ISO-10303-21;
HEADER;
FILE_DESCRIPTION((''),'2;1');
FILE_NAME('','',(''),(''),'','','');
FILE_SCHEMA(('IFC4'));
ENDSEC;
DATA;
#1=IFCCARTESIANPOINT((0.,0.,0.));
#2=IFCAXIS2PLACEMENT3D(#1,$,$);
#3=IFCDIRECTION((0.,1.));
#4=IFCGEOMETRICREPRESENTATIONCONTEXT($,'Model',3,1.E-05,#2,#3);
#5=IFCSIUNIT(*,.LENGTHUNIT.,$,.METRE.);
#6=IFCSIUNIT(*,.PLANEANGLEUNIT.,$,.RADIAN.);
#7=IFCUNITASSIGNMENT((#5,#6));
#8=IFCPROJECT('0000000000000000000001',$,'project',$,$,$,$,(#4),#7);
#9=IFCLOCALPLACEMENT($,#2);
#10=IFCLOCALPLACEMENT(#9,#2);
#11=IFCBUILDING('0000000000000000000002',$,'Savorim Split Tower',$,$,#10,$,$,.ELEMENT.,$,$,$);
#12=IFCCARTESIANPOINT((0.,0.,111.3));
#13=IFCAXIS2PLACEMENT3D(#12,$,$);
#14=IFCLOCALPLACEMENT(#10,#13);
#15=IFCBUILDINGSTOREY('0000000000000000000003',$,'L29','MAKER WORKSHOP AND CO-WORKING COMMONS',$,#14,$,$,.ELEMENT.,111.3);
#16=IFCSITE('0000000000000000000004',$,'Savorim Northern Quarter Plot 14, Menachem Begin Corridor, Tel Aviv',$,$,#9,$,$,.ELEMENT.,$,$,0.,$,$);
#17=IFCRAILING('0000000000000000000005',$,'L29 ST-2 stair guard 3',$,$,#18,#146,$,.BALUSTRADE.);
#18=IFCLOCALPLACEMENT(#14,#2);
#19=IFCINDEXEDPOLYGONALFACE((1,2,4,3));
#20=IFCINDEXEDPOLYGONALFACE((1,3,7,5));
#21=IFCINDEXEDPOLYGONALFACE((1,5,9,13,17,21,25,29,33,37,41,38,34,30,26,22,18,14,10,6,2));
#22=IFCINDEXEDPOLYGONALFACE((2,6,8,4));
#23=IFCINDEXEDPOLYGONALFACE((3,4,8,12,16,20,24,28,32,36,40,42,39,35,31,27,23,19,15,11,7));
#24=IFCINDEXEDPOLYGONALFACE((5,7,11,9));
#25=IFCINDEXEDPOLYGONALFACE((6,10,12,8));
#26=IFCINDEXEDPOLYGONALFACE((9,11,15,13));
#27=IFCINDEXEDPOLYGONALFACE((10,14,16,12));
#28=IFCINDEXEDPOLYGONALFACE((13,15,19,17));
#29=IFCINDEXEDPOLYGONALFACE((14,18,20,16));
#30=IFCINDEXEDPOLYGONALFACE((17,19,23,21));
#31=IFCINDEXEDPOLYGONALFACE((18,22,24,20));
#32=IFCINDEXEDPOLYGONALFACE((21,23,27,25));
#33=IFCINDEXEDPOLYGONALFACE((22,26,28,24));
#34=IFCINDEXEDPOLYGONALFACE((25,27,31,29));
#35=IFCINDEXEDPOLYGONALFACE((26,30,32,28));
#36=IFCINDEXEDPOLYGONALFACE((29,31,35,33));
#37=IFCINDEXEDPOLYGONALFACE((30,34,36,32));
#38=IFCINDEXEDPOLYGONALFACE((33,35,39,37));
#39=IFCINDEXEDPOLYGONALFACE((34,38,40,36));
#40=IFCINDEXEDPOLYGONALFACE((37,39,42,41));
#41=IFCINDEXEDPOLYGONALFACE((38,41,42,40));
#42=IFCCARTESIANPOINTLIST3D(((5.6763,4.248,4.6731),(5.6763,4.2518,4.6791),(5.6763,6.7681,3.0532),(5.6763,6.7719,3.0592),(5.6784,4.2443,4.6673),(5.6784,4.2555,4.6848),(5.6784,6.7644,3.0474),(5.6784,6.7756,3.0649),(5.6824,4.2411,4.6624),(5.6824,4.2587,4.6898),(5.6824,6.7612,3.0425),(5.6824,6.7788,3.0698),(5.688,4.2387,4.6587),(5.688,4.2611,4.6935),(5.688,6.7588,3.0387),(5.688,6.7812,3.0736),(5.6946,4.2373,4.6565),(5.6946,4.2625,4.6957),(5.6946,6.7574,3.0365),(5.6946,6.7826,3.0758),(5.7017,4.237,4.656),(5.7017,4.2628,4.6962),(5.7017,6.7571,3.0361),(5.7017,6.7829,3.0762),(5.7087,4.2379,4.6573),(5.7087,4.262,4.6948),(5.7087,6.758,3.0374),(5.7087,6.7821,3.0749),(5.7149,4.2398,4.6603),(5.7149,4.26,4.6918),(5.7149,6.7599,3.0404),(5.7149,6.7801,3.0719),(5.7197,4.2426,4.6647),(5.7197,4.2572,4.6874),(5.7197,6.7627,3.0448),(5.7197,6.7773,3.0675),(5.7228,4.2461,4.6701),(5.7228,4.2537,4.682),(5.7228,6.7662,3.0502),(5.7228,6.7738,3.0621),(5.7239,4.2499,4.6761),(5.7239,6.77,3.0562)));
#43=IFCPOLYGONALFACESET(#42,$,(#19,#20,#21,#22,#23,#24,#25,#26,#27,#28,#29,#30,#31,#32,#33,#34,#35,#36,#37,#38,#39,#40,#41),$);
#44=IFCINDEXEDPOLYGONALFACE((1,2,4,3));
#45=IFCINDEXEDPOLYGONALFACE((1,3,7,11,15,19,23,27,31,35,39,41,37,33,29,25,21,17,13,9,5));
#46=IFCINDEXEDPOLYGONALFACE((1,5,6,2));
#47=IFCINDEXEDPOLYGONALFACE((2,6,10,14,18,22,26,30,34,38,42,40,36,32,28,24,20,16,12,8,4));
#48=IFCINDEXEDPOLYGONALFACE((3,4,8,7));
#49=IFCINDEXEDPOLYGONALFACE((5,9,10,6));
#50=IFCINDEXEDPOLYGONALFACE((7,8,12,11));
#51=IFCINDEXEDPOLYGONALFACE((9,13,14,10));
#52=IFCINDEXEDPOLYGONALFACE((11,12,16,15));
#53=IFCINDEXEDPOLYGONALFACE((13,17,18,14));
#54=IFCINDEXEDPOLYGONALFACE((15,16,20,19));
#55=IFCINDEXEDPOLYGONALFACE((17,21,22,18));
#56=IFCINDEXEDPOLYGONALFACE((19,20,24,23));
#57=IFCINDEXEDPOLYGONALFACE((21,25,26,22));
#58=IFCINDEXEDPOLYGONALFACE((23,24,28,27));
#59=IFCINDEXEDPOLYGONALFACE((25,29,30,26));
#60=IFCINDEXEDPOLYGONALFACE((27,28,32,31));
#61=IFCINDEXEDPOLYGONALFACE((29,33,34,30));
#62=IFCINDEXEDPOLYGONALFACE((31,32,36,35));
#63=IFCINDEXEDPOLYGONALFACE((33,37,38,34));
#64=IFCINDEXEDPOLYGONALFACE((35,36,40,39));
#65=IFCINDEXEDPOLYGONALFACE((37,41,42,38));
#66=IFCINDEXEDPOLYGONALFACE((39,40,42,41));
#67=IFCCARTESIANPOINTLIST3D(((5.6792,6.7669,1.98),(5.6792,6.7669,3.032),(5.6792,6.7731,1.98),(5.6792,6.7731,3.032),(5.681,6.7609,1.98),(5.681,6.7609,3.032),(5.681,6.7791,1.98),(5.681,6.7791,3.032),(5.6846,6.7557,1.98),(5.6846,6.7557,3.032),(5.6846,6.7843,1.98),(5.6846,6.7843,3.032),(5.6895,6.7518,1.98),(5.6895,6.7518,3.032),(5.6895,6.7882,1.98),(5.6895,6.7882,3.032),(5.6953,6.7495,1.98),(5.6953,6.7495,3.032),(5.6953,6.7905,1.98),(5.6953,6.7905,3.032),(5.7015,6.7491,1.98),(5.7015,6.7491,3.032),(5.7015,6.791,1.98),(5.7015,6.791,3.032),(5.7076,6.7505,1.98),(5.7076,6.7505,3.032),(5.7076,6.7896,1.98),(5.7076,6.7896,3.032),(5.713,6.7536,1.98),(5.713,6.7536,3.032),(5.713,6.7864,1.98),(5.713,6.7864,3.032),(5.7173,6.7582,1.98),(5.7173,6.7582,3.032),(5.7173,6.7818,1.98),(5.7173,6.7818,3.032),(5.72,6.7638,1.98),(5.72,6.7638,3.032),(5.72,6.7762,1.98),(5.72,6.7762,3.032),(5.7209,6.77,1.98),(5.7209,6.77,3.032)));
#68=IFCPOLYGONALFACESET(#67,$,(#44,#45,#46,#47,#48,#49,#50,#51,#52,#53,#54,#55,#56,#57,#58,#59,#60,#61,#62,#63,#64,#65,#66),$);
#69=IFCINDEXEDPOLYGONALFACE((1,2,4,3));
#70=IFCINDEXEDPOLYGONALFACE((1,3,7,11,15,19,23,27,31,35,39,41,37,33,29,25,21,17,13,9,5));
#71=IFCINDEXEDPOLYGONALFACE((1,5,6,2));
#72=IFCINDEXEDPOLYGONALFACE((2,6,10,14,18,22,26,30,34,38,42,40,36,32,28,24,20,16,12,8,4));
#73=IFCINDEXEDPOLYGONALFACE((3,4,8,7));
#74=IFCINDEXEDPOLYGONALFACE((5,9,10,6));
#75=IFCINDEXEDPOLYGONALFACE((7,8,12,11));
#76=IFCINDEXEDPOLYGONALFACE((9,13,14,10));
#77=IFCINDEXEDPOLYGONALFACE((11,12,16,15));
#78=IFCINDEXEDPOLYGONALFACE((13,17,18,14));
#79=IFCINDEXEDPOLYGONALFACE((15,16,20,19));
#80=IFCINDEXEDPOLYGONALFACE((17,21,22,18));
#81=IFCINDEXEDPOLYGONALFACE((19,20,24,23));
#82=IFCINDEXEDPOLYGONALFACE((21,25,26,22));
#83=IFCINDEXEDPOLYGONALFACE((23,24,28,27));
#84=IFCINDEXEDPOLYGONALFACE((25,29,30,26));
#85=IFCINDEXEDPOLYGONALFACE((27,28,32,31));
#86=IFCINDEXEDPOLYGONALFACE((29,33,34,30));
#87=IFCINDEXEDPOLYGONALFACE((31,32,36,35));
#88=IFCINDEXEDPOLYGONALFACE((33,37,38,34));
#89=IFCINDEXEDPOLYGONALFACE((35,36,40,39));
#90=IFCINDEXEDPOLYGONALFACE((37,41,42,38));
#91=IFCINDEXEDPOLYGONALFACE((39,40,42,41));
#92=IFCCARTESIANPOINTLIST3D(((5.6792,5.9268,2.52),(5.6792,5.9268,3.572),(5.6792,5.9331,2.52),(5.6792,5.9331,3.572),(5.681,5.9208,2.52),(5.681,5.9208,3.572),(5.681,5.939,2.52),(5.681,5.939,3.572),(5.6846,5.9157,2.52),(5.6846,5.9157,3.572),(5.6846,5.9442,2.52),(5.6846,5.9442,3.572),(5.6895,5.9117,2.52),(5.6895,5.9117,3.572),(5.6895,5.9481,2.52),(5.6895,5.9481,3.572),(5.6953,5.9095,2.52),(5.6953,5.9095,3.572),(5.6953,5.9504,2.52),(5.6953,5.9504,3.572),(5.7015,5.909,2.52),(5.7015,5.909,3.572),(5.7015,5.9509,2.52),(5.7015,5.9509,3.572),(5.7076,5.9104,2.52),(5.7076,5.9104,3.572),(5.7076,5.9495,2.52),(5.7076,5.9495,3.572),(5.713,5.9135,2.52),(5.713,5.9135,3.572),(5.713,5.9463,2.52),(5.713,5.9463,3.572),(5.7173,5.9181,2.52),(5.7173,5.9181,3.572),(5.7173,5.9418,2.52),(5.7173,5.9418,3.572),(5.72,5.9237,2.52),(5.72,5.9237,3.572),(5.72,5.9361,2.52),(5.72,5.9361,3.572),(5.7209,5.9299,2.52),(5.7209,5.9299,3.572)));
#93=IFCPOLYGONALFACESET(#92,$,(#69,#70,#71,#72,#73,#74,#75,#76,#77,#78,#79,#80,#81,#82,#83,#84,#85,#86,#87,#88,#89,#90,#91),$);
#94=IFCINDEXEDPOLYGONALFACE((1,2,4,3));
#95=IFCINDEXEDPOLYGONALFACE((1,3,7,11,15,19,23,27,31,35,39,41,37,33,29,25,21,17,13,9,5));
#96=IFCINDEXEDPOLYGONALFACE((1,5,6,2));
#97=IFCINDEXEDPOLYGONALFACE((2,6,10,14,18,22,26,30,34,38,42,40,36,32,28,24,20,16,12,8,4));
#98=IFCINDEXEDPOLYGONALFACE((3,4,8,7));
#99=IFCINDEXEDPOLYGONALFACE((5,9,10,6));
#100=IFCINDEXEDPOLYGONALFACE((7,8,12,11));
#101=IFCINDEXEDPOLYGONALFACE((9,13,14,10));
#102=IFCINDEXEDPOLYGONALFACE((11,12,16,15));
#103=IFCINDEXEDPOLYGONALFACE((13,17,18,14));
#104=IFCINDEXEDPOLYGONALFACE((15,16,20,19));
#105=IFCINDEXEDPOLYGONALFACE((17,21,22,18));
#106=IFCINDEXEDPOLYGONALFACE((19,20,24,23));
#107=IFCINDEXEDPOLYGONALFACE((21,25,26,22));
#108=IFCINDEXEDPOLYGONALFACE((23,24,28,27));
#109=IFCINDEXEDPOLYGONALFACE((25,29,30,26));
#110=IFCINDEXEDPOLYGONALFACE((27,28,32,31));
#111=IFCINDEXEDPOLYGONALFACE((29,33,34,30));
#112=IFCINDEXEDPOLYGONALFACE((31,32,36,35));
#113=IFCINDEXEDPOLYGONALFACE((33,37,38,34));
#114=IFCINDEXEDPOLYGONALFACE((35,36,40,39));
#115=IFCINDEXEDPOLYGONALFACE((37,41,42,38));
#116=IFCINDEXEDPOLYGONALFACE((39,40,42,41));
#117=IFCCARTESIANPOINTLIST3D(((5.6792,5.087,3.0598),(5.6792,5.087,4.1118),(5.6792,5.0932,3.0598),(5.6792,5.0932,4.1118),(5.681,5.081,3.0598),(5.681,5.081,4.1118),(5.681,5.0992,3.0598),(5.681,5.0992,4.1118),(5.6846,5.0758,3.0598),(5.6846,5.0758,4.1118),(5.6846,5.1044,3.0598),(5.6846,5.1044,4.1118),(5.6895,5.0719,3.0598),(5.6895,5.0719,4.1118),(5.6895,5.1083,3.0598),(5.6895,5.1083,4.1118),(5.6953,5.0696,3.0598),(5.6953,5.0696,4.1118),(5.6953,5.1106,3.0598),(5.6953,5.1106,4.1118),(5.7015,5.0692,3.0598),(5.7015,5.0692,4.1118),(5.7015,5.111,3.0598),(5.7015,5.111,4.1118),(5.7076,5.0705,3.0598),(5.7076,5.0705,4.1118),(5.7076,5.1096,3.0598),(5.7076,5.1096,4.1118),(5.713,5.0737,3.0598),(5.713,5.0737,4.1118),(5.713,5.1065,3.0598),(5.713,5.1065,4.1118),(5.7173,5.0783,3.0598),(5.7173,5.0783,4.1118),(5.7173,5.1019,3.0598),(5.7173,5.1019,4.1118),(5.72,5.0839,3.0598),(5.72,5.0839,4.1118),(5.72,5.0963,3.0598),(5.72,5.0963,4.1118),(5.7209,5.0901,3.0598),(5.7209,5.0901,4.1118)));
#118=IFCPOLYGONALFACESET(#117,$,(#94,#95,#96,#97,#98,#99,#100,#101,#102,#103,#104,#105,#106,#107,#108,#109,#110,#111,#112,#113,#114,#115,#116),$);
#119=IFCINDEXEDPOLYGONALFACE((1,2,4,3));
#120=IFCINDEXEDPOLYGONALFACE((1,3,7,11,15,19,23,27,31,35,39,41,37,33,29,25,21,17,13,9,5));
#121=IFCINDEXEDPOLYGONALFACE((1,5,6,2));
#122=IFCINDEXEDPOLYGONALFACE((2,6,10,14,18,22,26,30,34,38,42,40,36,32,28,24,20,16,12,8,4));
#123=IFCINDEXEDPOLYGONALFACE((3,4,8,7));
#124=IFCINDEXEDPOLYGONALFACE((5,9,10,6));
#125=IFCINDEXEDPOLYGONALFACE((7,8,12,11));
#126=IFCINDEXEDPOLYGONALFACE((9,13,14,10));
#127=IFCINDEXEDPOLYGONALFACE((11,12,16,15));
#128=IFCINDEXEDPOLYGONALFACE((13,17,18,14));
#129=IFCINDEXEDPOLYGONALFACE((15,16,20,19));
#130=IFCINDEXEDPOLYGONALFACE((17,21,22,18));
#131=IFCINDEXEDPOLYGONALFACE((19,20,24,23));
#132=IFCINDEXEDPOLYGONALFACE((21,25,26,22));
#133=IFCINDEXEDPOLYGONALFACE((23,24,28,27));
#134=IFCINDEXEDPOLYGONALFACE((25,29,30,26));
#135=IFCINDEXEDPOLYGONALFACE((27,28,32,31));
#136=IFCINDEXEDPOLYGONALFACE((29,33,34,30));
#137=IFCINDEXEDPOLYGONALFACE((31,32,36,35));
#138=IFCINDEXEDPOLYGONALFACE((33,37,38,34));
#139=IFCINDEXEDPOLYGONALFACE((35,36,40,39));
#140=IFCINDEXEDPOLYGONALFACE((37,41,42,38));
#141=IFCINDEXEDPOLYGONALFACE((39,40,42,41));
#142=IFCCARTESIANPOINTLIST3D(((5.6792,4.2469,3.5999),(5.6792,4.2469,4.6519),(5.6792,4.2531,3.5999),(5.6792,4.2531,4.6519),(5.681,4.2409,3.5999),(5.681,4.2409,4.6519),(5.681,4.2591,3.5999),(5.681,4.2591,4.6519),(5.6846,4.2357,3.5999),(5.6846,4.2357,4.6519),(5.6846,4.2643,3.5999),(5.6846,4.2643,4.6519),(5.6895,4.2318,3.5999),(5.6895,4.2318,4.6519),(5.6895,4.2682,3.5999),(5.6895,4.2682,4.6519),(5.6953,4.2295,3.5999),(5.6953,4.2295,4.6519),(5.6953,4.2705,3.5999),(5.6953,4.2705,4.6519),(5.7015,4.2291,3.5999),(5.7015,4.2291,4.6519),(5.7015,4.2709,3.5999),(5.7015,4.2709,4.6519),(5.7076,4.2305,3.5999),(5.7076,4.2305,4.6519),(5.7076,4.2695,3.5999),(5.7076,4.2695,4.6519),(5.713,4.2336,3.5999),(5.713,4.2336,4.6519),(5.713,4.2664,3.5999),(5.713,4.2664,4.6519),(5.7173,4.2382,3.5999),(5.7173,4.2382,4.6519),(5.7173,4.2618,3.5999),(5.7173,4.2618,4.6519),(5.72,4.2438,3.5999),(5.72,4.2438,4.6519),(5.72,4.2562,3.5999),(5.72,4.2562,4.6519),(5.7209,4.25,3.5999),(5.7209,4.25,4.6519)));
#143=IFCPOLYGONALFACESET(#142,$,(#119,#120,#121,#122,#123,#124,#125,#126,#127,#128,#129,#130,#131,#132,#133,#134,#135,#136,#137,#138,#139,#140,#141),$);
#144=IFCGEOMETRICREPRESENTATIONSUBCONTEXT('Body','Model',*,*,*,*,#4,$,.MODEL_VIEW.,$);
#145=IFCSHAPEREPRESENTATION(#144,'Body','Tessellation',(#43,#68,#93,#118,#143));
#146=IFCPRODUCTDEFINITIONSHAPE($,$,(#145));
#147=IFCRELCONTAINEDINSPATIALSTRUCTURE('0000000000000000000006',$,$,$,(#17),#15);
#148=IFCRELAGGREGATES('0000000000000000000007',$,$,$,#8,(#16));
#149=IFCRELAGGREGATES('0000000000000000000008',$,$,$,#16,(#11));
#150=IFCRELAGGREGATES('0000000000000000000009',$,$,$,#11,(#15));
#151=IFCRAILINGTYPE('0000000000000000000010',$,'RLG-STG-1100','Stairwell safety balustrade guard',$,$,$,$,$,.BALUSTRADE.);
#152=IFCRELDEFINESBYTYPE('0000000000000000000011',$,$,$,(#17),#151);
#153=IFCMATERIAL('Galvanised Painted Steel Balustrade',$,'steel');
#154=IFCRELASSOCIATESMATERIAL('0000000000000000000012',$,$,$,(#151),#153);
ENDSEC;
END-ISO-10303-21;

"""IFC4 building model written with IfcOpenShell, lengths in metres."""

from ifc_helpers import new_model, si_unit, direction, frame, origin, origin_2d, place, context, subcontext, project, spatial, circle, extrude, material, type_object, element, save


model = new_model("IFC4")

# Units and contexts
model_context = context("Model", 3, precision=1e-05, world=origin(), true_north=direction((0.0, 1.0)))
body_context = subcontext(model_context, "Body", "Model", "MODEL_VIEW")
ifc_project = project(units=[si_unit("LENGTHUNIT", "METRE"), si_unit("PLANEANGLEUNIT", "RADIAN")], contexts=[model_context])

# Site, building, storey
site_placement = place(None, origin())
site = spatial("IfcSite", under=ifc_project, at=site_placement, Name="Savorim Northern Quarter Plot 14, Menachem Begin Corridor, Tel Aviv", CompositionType="ELEMENT", RefElevation=0.0)
building_placement = place(site_placement, origin())
building = spatial("IfcBuilding", under=site, at=building_placement, Name="Savorim Split Tower", CompositionType="ELEMENT")
storey_placement = place(building_placement, frame((0.0, 0.0, 111.3)))
storey = spatial("IfcBuildingStorey", under=building, at=storey_placement, Name="L29", Description="MAKER WORKSHOP AND CO-WORKING COMMONS", CompositionType="ELEMENT", Elevation=111.3)

# Railing
ifc_material_1 = material(Name="Galvanised Painted Steel Balustrade", Category="steel")
railing_type_1 = type_object("IfcRailingType", Name="RLG-STG-1100", Description="Stairwell safety balustrade guard", PredefinedType="BALUSTRADE", material=ifc_material_1)
railing_1_placement = place(storey_placement, frame((5.7, 6.77, 1.98)))
element("IfcRailing", 1, at=railing_1_placement, inside=storey, type_object=railing_type_1, Name="L29 ST-2 stair guard 3", PredefinedType="BALUSTRADE", context=body_context, shape_type="SweptSolid", body=[
    extrude(circle(Radius=0.0239, at=origin_2d()), frame((0.0, 0.0, 1.0762), z_axis=(0.0, -0.8412, 0.540725), x_axis=(1.0, 0.0, 0.0)), (0.0, 0.0, 1.0), 2.9958),
    extrude(circle(Radius=0.021, at=origin_2d()), origin(), (0.0, 0.0, 1.0), 1.052),
    extrude(circle(Radius=0.021, at=origin_2d()), frame((0.0, -0.8401, 0.54)), (0.0, 0.0, 1.0), 1.052),
    extrude(circle(Radius=0.021, at=origin_2d()), frame((0.0, -1.6799, 1.0798)), (0.0, 0.0, 1.0), 1.052),
    extrude(circle(Radius=0.021, at=origin_2d()), frame((0.0, -2.52, 1.6199)), (0.0, 0.0, 1.0), 1.052),
])

save(model, "model.ifc")
